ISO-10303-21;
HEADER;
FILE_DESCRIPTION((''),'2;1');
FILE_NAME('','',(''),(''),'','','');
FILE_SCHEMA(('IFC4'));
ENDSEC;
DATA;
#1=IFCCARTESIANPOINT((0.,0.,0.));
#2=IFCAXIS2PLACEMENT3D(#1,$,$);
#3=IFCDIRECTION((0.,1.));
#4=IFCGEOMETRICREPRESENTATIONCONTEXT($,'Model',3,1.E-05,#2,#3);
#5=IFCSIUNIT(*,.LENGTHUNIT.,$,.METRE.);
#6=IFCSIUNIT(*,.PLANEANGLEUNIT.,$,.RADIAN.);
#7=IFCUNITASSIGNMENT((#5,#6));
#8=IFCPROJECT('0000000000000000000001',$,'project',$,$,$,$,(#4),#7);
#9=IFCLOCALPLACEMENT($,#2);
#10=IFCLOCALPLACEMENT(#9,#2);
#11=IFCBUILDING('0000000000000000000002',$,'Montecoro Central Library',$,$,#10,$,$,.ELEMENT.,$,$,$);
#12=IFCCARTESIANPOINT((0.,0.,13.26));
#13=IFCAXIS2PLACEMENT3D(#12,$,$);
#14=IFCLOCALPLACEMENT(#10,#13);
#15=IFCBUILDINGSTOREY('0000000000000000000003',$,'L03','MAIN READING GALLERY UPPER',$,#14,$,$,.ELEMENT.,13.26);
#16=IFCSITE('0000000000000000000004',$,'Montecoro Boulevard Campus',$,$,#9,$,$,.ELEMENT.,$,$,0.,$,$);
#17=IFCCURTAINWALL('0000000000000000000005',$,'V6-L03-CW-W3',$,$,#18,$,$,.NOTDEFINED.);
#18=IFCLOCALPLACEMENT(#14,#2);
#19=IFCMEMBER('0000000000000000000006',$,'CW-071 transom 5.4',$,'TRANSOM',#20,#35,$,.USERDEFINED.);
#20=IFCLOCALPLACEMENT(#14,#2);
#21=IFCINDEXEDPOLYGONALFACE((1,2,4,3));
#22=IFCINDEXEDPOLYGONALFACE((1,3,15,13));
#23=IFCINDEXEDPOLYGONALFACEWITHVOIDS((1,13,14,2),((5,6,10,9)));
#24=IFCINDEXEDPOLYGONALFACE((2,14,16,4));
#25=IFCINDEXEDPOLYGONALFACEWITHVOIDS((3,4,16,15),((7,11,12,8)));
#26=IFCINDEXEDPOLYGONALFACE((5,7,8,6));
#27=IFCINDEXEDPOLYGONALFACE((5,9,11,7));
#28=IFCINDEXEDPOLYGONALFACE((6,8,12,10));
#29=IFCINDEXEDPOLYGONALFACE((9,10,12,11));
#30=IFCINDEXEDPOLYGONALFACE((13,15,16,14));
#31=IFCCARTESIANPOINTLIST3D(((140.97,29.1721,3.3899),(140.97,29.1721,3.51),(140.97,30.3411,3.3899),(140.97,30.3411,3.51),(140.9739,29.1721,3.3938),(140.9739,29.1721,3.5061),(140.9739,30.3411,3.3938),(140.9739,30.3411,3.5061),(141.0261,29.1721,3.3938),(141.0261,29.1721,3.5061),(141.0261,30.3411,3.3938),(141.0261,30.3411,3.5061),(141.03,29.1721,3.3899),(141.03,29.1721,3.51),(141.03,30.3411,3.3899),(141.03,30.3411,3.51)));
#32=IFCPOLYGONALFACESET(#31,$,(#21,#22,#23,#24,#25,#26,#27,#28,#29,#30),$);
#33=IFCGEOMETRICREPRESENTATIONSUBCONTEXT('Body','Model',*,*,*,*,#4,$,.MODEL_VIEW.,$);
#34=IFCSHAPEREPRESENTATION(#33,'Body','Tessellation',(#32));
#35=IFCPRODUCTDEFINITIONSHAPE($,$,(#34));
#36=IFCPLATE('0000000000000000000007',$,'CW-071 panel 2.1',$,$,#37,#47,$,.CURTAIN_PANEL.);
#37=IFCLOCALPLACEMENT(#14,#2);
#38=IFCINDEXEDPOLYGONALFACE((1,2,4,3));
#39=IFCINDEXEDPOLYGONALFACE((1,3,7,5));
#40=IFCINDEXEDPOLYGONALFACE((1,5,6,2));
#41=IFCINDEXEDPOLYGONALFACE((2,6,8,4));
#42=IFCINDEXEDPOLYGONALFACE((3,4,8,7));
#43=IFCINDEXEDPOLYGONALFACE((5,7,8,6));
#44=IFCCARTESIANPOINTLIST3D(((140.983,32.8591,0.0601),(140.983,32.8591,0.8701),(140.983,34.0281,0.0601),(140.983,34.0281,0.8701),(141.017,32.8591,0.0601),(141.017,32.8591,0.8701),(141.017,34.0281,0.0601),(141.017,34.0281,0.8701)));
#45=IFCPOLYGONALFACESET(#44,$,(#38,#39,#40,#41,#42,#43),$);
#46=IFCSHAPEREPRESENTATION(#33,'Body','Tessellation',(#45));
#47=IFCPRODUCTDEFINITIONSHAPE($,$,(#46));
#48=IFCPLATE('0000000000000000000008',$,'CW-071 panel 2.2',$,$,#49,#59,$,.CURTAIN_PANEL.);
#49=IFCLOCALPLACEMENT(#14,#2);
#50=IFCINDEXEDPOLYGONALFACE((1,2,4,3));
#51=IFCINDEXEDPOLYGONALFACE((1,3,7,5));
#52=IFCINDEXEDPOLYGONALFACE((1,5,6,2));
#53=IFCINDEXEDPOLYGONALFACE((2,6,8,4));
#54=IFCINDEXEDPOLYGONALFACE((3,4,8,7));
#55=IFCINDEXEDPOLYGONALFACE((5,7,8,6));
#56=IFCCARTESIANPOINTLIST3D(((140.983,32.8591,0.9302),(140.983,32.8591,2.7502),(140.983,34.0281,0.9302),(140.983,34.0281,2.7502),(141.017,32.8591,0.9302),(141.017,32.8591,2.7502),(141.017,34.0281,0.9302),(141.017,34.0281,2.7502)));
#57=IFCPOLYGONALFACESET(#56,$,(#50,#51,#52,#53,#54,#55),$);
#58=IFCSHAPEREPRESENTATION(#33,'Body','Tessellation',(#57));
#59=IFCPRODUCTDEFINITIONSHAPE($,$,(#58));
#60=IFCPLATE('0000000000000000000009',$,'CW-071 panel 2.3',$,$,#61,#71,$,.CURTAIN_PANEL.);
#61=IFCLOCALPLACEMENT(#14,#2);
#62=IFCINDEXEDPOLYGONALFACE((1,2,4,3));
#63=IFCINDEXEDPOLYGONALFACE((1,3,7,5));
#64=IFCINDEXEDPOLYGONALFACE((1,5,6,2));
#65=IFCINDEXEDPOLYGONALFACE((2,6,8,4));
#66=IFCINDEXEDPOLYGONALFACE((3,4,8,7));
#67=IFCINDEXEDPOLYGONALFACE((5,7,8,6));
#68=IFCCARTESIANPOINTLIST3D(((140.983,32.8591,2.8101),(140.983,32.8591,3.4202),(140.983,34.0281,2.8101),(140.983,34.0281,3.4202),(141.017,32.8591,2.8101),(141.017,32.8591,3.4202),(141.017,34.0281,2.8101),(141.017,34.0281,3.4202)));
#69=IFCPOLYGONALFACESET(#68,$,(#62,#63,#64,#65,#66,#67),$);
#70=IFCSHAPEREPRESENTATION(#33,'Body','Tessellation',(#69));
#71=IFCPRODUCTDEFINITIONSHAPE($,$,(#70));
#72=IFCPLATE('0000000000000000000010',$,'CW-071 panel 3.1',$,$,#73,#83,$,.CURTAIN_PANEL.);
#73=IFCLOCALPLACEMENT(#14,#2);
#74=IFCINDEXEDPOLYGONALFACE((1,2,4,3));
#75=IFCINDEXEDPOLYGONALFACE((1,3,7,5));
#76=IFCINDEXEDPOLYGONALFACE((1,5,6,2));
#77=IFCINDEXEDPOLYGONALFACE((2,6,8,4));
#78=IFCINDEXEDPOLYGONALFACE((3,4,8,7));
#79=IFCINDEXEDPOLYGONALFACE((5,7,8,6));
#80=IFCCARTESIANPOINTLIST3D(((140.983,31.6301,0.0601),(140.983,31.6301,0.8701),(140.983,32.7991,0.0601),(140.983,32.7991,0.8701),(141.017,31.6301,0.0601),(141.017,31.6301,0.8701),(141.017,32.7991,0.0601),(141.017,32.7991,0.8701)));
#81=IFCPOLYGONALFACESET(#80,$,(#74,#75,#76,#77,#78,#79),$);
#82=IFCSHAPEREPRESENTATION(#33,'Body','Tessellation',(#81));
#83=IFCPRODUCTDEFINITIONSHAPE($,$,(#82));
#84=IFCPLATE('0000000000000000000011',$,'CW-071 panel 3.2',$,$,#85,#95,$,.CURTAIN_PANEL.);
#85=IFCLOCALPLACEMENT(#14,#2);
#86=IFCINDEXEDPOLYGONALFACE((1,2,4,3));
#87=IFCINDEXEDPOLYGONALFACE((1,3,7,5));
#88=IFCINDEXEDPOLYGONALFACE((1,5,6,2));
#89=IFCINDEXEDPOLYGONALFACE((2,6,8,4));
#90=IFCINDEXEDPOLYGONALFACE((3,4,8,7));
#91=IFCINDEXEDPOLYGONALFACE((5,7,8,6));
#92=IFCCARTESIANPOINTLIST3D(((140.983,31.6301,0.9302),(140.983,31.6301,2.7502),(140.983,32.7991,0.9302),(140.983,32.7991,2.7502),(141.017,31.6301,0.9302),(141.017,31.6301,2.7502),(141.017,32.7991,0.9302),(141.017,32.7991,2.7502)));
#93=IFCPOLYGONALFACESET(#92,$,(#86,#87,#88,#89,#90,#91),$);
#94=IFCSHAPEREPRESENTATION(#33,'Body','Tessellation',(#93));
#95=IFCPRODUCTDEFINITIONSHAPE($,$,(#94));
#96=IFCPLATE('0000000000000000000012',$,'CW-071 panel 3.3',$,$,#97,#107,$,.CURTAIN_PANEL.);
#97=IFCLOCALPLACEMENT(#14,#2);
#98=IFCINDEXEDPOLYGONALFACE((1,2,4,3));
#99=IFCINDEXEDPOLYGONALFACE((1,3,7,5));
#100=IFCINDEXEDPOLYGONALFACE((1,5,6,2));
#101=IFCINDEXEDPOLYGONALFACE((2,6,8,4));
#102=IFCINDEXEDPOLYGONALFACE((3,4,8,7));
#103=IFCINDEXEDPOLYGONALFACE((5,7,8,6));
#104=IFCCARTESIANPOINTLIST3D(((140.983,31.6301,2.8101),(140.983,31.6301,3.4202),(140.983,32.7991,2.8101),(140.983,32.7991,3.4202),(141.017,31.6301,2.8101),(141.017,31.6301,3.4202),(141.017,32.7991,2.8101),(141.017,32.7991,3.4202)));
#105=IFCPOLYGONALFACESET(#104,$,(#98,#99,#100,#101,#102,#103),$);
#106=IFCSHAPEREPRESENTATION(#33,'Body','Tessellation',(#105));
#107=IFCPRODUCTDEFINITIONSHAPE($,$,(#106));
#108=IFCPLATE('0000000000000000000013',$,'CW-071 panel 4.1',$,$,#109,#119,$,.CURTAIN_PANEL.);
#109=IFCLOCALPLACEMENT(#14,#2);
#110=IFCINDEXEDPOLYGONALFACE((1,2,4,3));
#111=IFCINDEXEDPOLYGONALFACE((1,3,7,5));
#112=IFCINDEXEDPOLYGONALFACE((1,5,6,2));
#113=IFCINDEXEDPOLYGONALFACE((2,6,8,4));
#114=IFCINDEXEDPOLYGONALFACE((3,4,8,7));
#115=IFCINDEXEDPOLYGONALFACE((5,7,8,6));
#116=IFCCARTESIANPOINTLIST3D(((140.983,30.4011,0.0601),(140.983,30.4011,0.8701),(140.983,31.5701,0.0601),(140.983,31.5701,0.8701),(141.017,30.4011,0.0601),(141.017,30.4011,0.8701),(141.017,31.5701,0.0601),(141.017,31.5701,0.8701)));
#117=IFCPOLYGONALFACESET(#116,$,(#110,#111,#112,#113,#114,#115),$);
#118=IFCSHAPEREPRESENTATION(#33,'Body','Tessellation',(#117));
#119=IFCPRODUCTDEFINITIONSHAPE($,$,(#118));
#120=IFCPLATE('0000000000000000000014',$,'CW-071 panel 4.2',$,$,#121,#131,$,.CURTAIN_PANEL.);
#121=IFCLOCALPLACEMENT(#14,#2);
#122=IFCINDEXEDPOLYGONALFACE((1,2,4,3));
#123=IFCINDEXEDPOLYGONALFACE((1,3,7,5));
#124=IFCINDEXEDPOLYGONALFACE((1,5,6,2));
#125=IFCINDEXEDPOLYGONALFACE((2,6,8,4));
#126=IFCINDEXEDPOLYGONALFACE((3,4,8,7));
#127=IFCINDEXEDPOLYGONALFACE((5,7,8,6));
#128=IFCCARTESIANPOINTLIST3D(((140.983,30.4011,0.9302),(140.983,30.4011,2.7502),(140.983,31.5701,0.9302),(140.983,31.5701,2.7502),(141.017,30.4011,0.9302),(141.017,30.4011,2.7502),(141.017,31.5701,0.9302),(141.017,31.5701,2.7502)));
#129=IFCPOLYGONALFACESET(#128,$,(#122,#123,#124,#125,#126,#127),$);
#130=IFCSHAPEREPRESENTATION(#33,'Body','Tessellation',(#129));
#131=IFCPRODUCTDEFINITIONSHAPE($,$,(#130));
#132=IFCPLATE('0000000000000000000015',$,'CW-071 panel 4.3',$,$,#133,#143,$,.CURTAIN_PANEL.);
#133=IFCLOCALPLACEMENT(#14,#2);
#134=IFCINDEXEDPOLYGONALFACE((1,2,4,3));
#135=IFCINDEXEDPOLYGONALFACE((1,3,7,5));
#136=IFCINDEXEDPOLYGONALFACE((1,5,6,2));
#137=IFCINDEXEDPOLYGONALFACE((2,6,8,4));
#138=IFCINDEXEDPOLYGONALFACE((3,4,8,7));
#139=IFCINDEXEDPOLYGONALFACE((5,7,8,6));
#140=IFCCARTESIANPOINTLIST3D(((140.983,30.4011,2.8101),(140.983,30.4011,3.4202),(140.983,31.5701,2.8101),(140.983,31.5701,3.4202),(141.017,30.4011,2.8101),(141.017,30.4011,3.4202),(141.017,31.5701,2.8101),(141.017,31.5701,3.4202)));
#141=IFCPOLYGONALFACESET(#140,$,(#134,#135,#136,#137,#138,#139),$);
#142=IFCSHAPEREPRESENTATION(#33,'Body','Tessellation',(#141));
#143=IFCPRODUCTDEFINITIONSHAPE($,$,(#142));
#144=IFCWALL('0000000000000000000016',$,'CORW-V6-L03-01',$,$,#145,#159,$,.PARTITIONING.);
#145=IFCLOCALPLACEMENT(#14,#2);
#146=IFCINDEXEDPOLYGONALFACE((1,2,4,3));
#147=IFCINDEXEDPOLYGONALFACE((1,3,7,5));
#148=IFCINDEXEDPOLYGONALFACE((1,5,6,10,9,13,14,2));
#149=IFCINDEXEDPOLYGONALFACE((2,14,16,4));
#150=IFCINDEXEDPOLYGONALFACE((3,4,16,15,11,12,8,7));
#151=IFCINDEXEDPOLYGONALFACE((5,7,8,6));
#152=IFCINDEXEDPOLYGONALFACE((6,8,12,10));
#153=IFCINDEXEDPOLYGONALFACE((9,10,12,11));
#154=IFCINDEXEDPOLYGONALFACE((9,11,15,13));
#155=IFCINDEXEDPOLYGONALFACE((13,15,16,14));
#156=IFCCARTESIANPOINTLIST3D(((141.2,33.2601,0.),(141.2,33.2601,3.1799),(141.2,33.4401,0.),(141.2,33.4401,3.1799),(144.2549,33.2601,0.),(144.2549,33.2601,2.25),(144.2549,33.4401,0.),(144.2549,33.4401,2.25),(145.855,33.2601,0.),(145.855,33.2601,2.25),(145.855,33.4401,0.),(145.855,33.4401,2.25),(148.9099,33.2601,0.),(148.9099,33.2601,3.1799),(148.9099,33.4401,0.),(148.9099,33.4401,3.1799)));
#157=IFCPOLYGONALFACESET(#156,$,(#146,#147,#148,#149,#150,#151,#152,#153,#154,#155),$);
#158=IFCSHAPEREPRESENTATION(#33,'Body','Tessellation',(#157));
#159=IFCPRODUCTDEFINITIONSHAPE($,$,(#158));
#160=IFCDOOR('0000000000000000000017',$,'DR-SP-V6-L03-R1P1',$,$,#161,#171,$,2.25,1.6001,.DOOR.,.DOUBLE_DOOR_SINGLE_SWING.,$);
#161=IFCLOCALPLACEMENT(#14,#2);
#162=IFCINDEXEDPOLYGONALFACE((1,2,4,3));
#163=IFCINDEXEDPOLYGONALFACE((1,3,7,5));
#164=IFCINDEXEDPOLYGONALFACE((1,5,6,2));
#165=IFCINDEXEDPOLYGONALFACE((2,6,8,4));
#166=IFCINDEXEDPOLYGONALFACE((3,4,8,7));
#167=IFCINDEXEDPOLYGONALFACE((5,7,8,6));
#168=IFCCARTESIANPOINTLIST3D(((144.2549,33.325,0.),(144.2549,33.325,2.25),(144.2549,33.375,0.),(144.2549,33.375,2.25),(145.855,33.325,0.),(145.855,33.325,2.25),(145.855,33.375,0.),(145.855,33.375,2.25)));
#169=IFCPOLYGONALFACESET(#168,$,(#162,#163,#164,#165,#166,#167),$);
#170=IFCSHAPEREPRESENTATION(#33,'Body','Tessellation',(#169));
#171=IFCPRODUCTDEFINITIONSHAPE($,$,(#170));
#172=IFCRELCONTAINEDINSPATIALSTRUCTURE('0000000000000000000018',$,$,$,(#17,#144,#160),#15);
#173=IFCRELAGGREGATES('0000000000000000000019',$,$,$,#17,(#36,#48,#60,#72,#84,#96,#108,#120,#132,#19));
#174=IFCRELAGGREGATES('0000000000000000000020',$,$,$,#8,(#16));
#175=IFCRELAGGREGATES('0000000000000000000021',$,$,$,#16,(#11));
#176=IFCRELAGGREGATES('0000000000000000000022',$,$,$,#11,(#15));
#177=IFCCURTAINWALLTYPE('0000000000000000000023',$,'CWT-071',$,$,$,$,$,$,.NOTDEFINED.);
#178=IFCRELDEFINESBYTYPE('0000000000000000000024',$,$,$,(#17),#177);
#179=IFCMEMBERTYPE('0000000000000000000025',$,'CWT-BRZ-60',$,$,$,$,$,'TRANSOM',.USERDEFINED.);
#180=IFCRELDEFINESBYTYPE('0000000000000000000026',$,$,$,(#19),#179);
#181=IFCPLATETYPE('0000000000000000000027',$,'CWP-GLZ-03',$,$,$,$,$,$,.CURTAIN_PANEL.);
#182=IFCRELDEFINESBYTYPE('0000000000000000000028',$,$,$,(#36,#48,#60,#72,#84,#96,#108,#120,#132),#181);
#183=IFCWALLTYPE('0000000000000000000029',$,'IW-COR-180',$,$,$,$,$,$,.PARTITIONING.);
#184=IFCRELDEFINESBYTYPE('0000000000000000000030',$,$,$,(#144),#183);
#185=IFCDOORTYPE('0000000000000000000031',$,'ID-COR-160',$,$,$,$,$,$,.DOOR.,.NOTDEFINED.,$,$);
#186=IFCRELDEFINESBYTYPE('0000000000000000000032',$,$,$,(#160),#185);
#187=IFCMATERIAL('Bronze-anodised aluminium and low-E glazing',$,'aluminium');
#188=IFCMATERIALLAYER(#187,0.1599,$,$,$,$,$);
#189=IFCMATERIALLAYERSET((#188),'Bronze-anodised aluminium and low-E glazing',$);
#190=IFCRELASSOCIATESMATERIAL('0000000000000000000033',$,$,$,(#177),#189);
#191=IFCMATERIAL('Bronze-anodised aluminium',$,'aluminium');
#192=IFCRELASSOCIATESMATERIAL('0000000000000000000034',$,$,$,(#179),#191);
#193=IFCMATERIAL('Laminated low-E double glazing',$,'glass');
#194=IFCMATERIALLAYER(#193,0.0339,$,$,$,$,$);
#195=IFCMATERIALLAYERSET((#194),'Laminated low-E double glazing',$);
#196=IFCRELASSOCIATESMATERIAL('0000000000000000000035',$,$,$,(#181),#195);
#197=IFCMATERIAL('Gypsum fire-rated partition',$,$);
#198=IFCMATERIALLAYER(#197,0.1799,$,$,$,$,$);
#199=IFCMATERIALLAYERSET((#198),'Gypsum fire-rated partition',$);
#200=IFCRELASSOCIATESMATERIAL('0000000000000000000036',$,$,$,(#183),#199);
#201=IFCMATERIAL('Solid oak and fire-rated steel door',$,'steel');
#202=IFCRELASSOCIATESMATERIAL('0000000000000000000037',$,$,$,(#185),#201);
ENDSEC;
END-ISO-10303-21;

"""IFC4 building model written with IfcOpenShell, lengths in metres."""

from ifc_helpers import new_model, si_unit, direction, frame, frame_2d, origin, origin_2d, place, context, subcontext, project, spatial, rectangle, hollow_rectangle, extrude, material, layer, layer_set, material_profile, profile_set, type_object, element, fill, aggregate, save


model = new_model("IFC4")

# Units and contexts
model_context = context("Model", 3, precision=1e-05, world=origin(), true_north=direction((0.0, 1.0)))
body_context = subcontext(model_context, "Body", "Model", "MODEL_VIEW")
ifc_project = project(units=[si_unit("LENGTHUNIT", "METRE"), si_unit("PLANEANGLEUNIT", "RADIAN")], contexts=[model_context])

# Site, building, storey
site_placement = place(None, origin())
site = spatial("IfcSite", under=ifc_project, at=site_placement, Name="Montecoro Boulevard Campus", CompositionType="ELEMENT", RefElevation=0.0)
building_placement = place(site_placement, origin())
building = spatial("IfcBuilding", under=site, at=building_placement, Name="Montecoro Central Library", CompositionType="ELEMENT")
storey_placement = place(building_placement, frame((0.0, 0.0, 13.26)))
storey = spatial("IfcBuildingStorey", under=building, at=storey_placement, Name="L03", Description="MAIN READING GALLERY UPPER", CompositionType="ELEMENT", Elevation=13.26)

# Curtain wall, member, plates
ifc_material_1 = material(Name="Bronze-anodised aluminium and low-E glazing", Category="aluminium")
ifc_layer_1 = layer(ifc_material_1, 0.1599)
ifc_layer_set_1 = layer_set([ifc_layer_1], Name="Bronze-anodised aluminium and low-E glazing")
curtain_wall_type = type_object("IfcCurtainWallType", Name="CWT-071", PredefinedType="NOTDEFINED", material=ifc_layer_set_1)
curtain_wall_placement = place(storey_placement, origin())
curtain_wall = element("IfcCurtainWall", 1, at=curtain_wall_placement, inside=storey, type_object=curtain_wall_type, Name="V6-L03-CW-W3", PredefinedType="NOTDEFINED")
ifc_material_2 = material(Name="Bronze-anodised aluminium", Category="aluminium")
ifc_material_profile_1 = material_profile(ifc_material_2, hollow_rectangle(XDim=0.0601, YDim=0.1201, WallThickness=0.0039, at=origin_2d()), Name="CWT 120x60x4.0")
ifc_profile_set_1 = profile_set([ifc_material_profile_1], Name="Bronze-anodised aluminium")
member_type_1 = type_object("IfcMemberType", Name="CWT-BRZ-60", ElementType="TRANSOM", PredefinedType="USERDEFINED", material=ifc_profile_set_1)
member_1_placement = place(storey_placement, frame((141.0, 30.3411, 3.45), z_axis=(0.0, -1.0, 0.0), x_axis=(1.0, 0.0, 0.0)))
member_1 = element("IfcMember", 2, at=member_1_placement, type_object=member_type_1, Name="CW-071 transom 5.4", ObjectType="TRANSOM", PredefinedType="USERDEFINED", context=body_context, shape_type="SweptSolid", body=[
    extrude(hollow_rectangle(XDim=0.0601, YDim=0.1201, WallThickness=0.0039, at=origin_2d()), origin(), (0.0, 0.0, 1.0), 1.1689),
])
ifc_material_3 = material(Name="Laminated low-E double glazing", Category="glass")
ifc_layer_2 = layer(ifc_material_3, 0.0339)
ifc_layer_set_2 = layer_set([ifc_layer_2], Name="Laminated low-E double glazing")
plate_type = type_object("IfcPlateType", Name="CWP-GLZ-03", PredefinedType="CURTAIN_PANEL", material=ifc_layer_set_2)
plate_1_placement = place(storey_placement, frame((141.0, 33.4436, 0.0601), z_axis=(0.0, 0.0, 1.0), x_axis=(0.0, -1.0, 0.0)))
plate_1 = element("IfcPlate", 3, at=plate_1_placement, type_object=plate_type, Name="CW-071 panel 2.1", PredefinedType="CURTAIN_PANEL", context=body_context, shape_type="SweptSolid", body=[
    extrude(rectangle(XDim=1.1689, YDim=0.0339, at=origin_2d()), origin(), (0.0, 0.0, 1.0), 0.8101),
])
plate_2_placement = place(storey_placement, frame((141.0, 33.4436, 0.9302), z_axis=(0.0, 0.0, 1.0), x_axis=(0.0, -1.0, 0.0)))
plate_2 = element("IfcPlate", 4, at=plate_2_placement, type_object=plate_type, Name="CW-071 panel 2.2", PredefinedType="CURTAIN_PANEL", context=body_context, shape_type="SweptSolid", body=[
    extrude(rectangle(XDim=1.1689, YDim=0.0339, at=origin_2d()), origin(), (0.0, 0.0, 1.0), 1.8201),
])
plate_3_placement = place(storey_placement, frame((141.0, 33.4436, 2.8101), z_axis=(0.0, 0.0, 1.0), x_axis=(0.0, -1.0, 0.0)))
plate_3 = element("IfcPlate", 5, at=plate_3_placement, type_object=plate_type, Name="CW-071 panel 2.3", PredefinedType="CURTAIN_PANEL", context=body_context, shape_type="SweptSolid", body=[
    extrude(rectangle(XDim=1.1689, YDim=0.0339, at=origin_2d()), origin(), (0.0, 0.0, 1.0), 0.6101),
])
plate_4_placement = place(storey_placement, frame((141.0, 32.2146, 0.0601), z_axis=(0.0, 0.0, 1.0), x_axis=(0.0, -1.0, 0.0)))
plate_4 = element("IfcPlate", 6, at=plate_4_placement, type_object=plate_type, Name="CW-071 panel 3.1", PredefinedType="CURTAIN_PANEL", context=body_context, shape_type="SweptSolid", body=[
    extrude(rectangle(XDim=1.1689, YDim=0.0339, at=origin_2d()), origin(), (0.0, 0.0, 1.0), 0.8101),
])
plate_5_placement = place(storey_placement, frame((141.0, 32.2146, 0.9302), z_axis=(0.0, 0.0, 1.0), x_axis=(0.0, -1.0, 0.0)))
plate_5 = element("IfcPlate", 7, at=plate_5_placement, type_object=plate_type, Name="CW-071 panel 3.2", PredefinedType="CURTAIN_PANEL", context=body_context, shape_type="SweptSolid", body=[
    extrude(rectangle(XDim=1.1689, YDim=0.0339, at=origin_2d()), origin(), (0.0, 0.0, 1.0), 1.8201),
])
plate_6_placement = place(storey_placement, frame((141.0, 32.2146, 2.8101), z_axis=(0.0, 0.0, 1.0), x_axis=(0.0, -1.0, 0.0)))
plate_6 = element("IfcPlate", 8, at=plate_6_placement, type_object=plate_type, Name="CW-071 panel 3.3", PredefinedType="CURTAIN_PANEL", context=body_context, shape_type="SweptSolid", body=[
    extrude(rectangle(XDim=1.1689, YDim=0.0339, at=origin_2d()), origin(), (0.0, 0.0, 1.0), 0.6101),
])
plate_7_placement = place(storey_placement, frame((141.0, 30.9856, 0.0601), z_axis=(0.0, 0.0, 1.0), x_axis=(0.0, -1.0, 0.0)))
plate_7 = element("IfcPlate", 9, at=plate_7_placement, type_object=plate_type, Name="CW-071 panel 4.1", PredefinedType="CURTAIN_PANEL", context=body_context, shape_type="SweptSolid", body=[
    extrude(rectangle(XDim=1.1689, YDim=0.0339, at=origin_2d()), origin(), (0.0, 0.0, 1.0), 0.8101),
])
plate_8_placement = place(storey_placement, frame((141.0, 30.9856, 0.9302), z_axis=(0.0, 0.0, 1.0), x_axis=(0.0, -1.0, 0.0)))
plate_8 = element("IfcPlate", 10, at=plate_8_placement, type_object=plate_type, Name="CW-071 panel 4.2", PredefinedType="CURTAIN_PANEL", context=body_context, shape_type="SweptSolid", body=[
    extrude(rectangle(XDim=1.1689, YDim=0.0339, at=origin_2d()), origin(), (0.0, 0.0, 1.0), 1.8201),
])
plate_9_placement = place(storey_placement, frame((141.0, 30.9856, 2.8101), z_axis=(0.0, 0.0, 1.0), x_axis=(0.0, -1.0, 0.0)))
plate_9 = element("IfcPlate", 11, at=plate_9_placement, type_object=plate_type, Name="CW-071 panel 4.3", PredefinedType="CURTAIN_PANEL", context=body_context, shape_type="SweptSolid", body=[
    extrude(rectangle(XDim=1.1689, YDim=0.0339, at=origin_2d()), origin(), (0.0, 0.0, 1.0), 0.6101),
])
aggregate(curtain_wall, [plate_1, plate_2, plate_3, plate_4, plate_5, plate_6, plate_7, plate_8, plate_9, member_1])

# Wall, opening, door
ifc_material_4 = material(Name="Gypsum fire-rated partition")
ifc_layer_3 = layer(ifc_material_4, 0.1799)
ifc_layer_set_3 = layer_set([ifc_layer_3], Name="Gypsum fire-rated partition")
wall_type = type_object("IfcWallType", Name="IW-COR-180", PredefinedType="PARTITIONING", material=ifc_layer_set_3)
wall_1_placement = place(storey_placement, frame((141.2, 33.3501, 0.0), z_axis=(0.0, 0.0, 1.0), x_axis=(1.0, 0.0, 0.0)))
wall_1 = element("IfcWall", 12, at=wall_1_placement, inside=storey, type_object=wall_type, Name="CORW-V6-L03-01", PredefinedType="PARTITIONING", context=body_context, shape_type="SweptSolid", body=[
    extrude(rectangle(XDim=7.71, YDim=0.1799, at=frame_2d((3.855, 0.0))), origin(), (0.0, 0.0, 1.0), 3.1799),
])
opening_1_placement = place(wall_1_placement, frame((3.0549, 0.0, 0.0)))
opening_1 = element("IfcOpeningElement", 13, at=opening_1_placement, cuts=wall_1, PredefinedType="OPENING", context=body_context, shape_type="SweptSolid", body=[
    extrude(rectangle(XDim=1.6001, YDim=2.25, at=frame_2d((0.8, 1.125))), frame((0.0, 0.0999, 0.0), z_axis=(0.0, -1.0, 0.0), x_axis=(1.0, 0.0, 0.0)), (0.0, 0.0, 1.0), 0.2),
])
ifc_material_5 = material(Name="Solid oak and fire-rated steel door", Category="steel")
door_type_1 = type_object("IfcDoorType", Name="ID-COR-160", OperationType="NOTDEFINED", PredefinedType="DOOR", material=ifc_material_5)
door_1_placement = place(opening_1_placement, origin())
door_1 = element("IfcDoor", 14, at=door_1_placement, inside=storey, type_object=door_type_1, Name="DR-SP-V6-L03-R1P1", OperationType="DOUBLE_DOOR_SINGLE_SWING", OverallHeight=2.25, OverallWidth=1.6001, PredefinedType="DOOR", context=body_context, shape_type="SweptSolid", body=[
    extrude(rectangle(XDim=1.6001, YDim=2.25, at=frame_2d((0.8, 1.125))), frame((0.0, 0.0249, 0.0), z_axis=(0.0, -1.0, 0.0), x_axis=(1.0, 0.0, 0.0)), (0.0, 0.0, 1.0), 0.05),
])
fill(opening_1, door_1)

save(model, "model.ifc")
